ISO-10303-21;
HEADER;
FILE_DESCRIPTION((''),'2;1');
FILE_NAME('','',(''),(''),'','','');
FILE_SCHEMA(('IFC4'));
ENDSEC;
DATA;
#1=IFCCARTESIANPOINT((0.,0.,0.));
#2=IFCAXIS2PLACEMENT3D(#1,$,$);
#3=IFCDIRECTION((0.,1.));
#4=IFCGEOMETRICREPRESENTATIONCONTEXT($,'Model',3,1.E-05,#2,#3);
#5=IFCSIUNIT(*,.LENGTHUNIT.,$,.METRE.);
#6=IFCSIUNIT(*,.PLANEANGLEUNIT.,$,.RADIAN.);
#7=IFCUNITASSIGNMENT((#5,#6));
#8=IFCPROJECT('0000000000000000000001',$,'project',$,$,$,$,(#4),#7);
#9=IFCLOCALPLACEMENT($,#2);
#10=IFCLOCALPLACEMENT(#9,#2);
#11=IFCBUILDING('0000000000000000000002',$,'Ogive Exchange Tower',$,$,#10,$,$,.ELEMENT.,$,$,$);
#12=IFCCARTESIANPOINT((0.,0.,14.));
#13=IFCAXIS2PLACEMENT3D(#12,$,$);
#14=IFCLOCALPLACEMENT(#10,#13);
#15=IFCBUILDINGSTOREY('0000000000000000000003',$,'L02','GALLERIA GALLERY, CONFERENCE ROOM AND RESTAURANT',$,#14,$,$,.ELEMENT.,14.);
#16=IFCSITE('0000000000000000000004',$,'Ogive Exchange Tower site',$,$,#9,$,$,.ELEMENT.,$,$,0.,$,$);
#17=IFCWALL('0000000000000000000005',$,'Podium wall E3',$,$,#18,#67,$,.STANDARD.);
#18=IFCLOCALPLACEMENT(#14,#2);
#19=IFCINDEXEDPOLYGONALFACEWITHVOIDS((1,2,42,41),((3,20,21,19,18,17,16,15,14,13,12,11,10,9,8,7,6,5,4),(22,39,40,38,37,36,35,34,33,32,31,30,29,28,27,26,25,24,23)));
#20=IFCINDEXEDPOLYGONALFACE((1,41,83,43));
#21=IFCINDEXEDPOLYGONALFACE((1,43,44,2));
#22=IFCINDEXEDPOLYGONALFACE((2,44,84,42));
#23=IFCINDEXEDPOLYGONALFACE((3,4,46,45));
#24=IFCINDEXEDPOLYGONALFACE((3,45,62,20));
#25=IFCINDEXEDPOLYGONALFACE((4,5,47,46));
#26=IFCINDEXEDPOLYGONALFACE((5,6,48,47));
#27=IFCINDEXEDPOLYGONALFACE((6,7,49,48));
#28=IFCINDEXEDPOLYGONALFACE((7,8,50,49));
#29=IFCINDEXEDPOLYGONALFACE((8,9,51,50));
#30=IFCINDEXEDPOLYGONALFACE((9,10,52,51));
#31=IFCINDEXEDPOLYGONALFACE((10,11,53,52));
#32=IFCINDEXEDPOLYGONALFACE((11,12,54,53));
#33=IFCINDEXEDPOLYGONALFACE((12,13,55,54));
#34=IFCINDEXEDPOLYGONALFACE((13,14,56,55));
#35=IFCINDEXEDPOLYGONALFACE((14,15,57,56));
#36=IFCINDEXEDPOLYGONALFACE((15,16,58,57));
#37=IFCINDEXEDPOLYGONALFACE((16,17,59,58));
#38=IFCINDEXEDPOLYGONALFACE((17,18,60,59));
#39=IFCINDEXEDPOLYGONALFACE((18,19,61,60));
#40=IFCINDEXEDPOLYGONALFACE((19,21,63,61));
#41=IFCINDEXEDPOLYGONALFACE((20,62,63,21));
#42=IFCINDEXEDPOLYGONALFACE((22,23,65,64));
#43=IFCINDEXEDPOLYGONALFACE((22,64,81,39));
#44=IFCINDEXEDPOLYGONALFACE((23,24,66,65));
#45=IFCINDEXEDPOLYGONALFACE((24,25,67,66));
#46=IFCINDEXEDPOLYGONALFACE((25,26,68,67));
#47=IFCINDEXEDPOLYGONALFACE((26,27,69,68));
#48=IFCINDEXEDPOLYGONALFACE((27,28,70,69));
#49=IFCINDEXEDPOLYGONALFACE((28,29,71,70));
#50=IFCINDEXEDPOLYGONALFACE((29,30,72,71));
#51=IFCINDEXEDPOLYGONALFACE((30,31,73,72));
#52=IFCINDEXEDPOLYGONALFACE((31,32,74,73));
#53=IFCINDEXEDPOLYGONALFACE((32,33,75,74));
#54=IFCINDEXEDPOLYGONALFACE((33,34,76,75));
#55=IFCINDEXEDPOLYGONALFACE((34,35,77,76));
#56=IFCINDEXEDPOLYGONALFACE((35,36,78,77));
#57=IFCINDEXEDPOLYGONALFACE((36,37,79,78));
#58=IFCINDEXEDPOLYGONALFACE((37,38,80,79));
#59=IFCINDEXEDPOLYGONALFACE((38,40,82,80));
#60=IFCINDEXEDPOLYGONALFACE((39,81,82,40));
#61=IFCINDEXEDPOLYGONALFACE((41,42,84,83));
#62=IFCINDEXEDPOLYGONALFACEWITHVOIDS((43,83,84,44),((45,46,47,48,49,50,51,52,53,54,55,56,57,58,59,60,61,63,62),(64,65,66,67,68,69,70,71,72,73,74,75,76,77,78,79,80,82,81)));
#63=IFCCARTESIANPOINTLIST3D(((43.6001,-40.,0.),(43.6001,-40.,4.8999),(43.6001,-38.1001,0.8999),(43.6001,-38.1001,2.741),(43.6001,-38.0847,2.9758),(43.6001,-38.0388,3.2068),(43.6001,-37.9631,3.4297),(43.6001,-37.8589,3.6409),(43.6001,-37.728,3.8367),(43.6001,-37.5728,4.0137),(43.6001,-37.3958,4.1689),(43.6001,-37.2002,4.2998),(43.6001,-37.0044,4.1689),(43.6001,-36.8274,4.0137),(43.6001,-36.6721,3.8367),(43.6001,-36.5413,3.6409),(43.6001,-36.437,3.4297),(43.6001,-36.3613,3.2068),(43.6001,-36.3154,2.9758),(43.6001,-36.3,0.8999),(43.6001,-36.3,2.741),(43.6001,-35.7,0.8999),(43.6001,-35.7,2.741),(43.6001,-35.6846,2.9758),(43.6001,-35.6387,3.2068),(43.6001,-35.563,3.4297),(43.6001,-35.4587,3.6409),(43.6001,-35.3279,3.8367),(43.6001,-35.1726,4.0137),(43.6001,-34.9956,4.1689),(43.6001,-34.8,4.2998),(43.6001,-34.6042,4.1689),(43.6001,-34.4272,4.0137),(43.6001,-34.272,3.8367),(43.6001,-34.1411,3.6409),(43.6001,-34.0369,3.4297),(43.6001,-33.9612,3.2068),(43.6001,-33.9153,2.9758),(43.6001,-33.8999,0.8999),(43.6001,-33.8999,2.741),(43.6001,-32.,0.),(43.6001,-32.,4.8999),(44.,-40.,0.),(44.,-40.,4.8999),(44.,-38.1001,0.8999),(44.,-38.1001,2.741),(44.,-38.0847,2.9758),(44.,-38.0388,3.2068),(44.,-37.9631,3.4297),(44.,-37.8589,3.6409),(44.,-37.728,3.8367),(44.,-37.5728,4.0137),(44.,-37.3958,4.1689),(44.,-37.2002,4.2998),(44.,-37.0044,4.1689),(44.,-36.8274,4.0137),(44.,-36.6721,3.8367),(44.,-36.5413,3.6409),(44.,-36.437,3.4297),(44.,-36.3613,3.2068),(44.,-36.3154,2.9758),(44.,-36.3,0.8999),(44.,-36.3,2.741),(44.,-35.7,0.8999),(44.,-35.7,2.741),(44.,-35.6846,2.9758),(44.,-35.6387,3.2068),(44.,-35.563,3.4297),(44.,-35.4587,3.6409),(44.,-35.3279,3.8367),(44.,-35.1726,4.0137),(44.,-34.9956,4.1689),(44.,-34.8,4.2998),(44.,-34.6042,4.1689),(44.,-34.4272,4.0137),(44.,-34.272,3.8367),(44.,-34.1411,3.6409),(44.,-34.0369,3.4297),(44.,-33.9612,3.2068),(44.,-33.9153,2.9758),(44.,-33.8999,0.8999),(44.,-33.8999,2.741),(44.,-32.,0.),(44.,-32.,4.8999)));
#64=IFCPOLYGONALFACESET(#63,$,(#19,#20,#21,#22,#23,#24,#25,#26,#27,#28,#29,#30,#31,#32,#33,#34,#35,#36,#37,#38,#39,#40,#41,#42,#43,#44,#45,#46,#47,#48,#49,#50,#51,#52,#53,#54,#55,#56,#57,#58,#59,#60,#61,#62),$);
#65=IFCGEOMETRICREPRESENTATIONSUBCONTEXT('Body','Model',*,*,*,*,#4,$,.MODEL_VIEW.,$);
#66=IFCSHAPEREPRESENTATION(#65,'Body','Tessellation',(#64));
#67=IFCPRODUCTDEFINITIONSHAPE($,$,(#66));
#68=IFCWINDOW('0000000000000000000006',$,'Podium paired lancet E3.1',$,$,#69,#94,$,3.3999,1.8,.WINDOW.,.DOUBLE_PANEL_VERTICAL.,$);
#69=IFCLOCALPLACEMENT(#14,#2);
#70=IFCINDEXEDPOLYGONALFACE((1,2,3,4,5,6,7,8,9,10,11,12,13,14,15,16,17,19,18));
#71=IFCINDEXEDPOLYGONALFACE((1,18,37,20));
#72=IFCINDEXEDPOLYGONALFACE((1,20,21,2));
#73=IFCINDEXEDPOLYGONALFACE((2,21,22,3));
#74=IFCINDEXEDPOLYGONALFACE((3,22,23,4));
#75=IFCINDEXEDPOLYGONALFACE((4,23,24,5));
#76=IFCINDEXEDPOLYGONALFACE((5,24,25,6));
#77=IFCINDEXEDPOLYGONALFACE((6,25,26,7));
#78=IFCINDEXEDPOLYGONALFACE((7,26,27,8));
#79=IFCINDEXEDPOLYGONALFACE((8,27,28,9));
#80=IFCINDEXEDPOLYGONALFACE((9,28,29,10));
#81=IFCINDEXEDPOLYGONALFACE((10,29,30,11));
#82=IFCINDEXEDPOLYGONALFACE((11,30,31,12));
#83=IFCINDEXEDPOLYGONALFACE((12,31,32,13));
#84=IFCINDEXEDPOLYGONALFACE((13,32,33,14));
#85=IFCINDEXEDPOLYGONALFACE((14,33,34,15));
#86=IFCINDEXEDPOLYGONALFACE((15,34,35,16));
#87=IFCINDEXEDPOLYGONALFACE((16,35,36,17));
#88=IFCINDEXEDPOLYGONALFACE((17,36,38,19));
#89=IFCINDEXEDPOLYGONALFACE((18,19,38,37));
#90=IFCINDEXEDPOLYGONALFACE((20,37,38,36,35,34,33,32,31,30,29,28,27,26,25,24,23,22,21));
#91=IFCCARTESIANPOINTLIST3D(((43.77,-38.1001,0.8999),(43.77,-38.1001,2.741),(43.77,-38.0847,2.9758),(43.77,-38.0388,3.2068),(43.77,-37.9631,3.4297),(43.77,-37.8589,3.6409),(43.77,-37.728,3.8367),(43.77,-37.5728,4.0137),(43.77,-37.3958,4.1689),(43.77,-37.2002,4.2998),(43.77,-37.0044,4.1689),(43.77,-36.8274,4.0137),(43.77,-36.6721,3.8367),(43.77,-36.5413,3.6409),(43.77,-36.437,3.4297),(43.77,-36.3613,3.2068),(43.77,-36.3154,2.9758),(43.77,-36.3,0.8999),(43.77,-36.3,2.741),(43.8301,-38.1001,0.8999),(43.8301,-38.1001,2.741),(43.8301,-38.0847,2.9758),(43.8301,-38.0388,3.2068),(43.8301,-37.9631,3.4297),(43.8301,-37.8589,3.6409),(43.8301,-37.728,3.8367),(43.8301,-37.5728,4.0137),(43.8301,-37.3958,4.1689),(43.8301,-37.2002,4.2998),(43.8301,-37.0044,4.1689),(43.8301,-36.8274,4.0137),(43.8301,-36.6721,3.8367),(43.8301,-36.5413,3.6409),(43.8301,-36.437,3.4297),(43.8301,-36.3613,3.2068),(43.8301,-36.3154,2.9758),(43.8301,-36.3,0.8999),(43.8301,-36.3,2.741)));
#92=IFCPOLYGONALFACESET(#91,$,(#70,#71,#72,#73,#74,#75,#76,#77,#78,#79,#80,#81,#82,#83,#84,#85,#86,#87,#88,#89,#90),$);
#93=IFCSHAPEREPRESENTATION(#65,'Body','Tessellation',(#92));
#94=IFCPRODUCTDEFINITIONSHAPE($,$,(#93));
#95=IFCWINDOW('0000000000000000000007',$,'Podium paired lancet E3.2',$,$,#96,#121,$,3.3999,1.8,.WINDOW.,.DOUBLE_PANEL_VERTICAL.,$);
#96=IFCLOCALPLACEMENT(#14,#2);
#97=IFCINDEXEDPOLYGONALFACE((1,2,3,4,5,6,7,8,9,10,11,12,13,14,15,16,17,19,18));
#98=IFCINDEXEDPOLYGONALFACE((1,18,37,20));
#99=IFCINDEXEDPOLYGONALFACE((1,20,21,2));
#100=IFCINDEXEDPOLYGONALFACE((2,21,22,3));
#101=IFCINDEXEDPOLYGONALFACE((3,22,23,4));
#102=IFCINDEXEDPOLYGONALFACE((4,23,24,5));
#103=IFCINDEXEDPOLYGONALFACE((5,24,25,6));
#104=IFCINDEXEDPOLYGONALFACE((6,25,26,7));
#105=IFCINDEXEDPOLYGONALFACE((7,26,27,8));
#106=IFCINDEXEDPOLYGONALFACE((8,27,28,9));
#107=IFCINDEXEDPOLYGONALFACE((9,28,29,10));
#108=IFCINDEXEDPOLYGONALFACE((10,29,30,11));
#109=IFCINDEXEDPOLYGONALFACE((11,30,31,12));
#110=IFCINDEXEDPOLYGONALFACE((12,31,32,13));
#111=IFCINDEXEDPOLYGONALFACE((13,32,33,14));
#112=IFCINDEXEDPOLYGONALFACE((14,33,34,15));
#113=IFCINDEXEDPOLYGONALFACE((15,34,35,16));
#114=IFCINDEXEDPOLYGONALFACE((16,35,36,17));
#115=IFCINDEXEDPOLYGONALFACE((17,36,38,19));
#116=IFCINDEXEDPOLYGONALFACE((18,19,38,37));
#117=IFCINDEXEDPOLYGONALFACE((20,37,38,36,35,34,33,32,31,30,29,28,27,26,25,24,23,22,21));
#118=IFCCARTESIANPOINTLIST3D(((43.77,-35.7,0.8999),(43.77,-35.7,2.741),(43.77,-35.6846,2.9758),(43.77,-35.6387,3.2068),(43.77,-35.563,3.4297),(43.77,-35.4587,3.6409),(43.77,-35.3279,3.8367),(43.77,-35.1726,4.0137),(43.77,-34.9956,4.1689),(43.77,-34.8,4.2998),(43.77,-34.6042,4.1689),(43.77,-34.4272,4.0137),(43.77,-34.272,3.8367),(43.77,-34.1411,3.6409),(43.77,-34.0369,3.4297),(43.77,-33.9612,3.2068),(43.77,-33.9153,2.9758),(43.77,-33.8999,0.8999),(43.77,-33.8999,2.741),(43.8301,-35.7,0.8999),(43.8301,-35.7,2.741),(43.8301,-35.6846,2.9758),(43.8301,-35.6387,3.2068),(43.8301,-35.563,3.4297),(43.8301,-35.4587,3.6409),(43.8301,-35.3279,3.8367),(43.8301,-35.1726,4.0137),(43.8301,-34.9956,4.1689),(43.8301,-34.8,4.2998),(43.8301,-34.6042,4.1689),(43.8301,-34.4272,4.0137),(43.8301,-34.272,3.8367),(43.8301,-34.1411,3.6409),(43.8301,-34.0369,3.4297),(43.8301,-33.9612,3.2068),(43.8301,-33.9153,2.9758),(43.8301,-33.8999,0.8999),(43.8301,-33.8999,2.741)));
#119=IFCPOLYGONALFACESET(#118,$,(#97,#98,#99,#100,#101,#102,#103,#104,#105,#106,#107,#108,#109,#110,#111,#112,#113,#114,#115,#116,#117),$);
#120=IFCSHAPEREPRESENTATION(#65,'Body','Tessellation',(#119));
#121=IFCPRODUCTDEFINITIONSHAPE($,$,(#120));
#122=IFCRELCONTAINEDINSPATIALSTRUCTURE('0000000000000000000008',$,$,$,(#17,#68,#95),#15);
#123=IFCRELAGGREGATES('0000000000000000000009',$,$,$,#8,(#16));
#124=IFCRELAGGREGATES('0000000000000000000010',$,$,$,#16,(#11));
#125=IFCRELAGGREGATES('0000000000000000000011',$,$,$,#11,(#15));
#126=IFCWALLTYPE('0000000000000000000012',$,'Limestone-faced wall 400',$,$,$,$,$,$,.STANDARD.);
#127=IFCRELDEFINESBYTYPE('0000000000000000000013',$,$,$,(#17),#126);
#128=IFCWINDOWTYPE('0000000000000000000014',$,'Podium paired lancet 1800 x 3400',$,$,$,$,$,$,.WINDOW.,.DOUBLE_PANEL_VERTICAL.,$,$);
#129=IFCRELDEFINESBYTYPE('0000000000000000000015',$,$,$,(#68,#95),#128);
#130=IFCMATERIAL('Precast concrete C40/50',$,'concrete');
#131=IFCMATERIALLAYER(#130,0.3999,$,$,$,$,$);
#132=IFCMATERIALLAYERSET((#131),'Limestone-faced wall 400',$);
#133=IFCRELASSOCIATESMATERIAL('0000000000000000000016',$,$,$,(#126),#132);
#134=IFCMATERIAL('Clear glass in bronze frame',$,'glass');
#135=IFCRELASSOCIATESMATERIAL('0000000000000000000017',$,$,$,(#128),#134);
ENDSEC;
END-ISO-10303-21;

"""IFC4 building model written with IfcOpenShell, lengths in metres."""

from ifc_helpers import new_model, si_unit, direction, frame, frame_2d, origin, place, context, subcontext, project, spatial, polyline, rectangle, outline, extrude, material, layer, layer_set, type_object, element, fill, save


model = new_model("IFC4")

# Units and contexts
model_context = context("Model", 3, precision=1e-05, world=origin(), true_north=direction((0.0, 1.0)))
body_context = subcontext(model_context, "Body", "Model", "MODEL_VIEW")
ifc_project = project(units=[si_unit("LENGTHUNIT", "METRE"), si_unit("PLANEANGLEUNIT", "RADIAN")], contexts=[model_context])

# Site, building, storey
site_placement = place(None, origin())
site = spatial("IfcSite", under=ifc_project, at=site_placement, Name="Ogive Exchange Tower site", CompositionType="ELEMENT", RefElevation=0.0)
building_placement = place(site_placement, origin())
building = spatial("IfcBuilding", under=site, at=building_placement, Name="Ogive Exchange Tower", CompositionType="ELEMENT")
storey_placement = place(building_placement, frame((0.0, 0.0, 14.0)))
storey = spatial("IfcBuildingStorey", under=building, at=storey_placement, Name="L02", Description="GALLERIA GALLERY, CONFERENCE ROOM AND RESTAURANT", CompositionType="ELEMENT", Elevation=14.0)

# Wall, openings, windows
ifc_material_1 = material(Name="Precast concrete C40/50", Category="concrete")
ifc_layer_1 = layer(ifc_material_1, 0.3999)
ifc_layer_set_1 = layer_set([ifc_layer_1], Name="Limestone-faced wall 400")
wall_type_1 = type_object("IfcWallType", Name="Limestone-faced wall 400", PredefinedType="STANDARD", material=ifc_layer_set_1)
wall_1_placement = place(storey_placement, frame((43.8, -40.0, 0.0), z_axis=(0.0, 0.0, 1.0), x_axis=(0.0, 1.0, 0.0)))
wall_1 = element("IfcWall", 1, at=wall_1_placement, inside=storey, type_object=wall_type_1, Name="Podium wall E3", PredefinedType="STANDARD", context=body_context, shape_type="SweptSolid", body=[
    extrude(rectangle(XDim=8.0, YDim=0.3999, at=frame_2d((4.0, 0.0))), origin(), (0.0, 0.0, 1.0), 4.8999),
])
opening_1_placement = place(wall_1_placement, frame((1.8999, 0.0, 0.8999)))
opening_1 = element("IfcOpeningElement", 2, at=opening_1_placement, cuts=wall_1, PredefinedType="OPENING", context=body_context, shape_type="SweptSolid", body=[
    extrude(outline(polyline([(0.0, 0.0), (1.8, 0.0), (1.8, 1.8411), (1.7847, 2.0759), (1.7388, 2.3069), (1.6631, 2.5298), (1.5588, 2.741), (1.428, 2.9368), (1.2727, 3.1138), (1.0957, 3.269), (0.8999, 3.3999), (0.7043, 3.269), (0.5273, 3.1138), (0.3721, 2.9368), (0.2412, 2.741), (0.137, 2.5298), (0.0613, 2.3069), (0.0154, 2.0759), (0.0, 1.8411), (0.0, 0.0)])), frame((0.0, 0.21, 0.0), z_axis=(0.0, -1.0, 0.0), x_axis=(1.0, 0.0, 0.0)), (0.0, 0.0, 1.0), 0.4199),
])
opening_2_placement = place(wall_1_placement, frame((4.3, 0.0, 0.8999)))
opening_2 = element("IfcOpeningElement", 3, at=opening_2_placement, cuts=wall_1, PredefinedType="OPENING", context=body_context, shape_type="SweptSolid", body=[
    extrude(outline(polyline([(0.0, 0.0), (1.8, 0.0), (1.8, 1.8411), (1.7847, 2.0759), (1.7388, 2.3069), (1.6631, 2.5298), (1.5588, 2.741), (1.428, 2.9368), (1.2727, 3.1138), (1.0957, 3.269), (0.8999, 3.3999), (0.7043, 3.269), (0.5273, 3.1138), (0.3721, 2.9368), (0.2412, 2.741), (0.137, 2.5298), (0.0613, 2.3069), (0.0154, 2.0759), (0.0, 1.8411), (0.0, 0.0)])), frame((0.0, 0.21, 0.0), z_axis=(0.0, -1.0, 0.0), x_axis=(1.0, 0.0, 0.0)), (0.0, 0.0, 1.0), 0.4199),
])
ifc_material_2 = material(Name="Clear glass in bronze frame", Category="glass")
window_type_1 = type_object("IfcWindowType", Name="Podium paired lancet 1800 x 3400", PartitioningType="DOUBLE_PANEL_VERTICAL", PredefinedType="WINDOW", material=ifc_material_2)
window_1_placement = place(opening_1_placement, origin())
window_1 = element("IfcWindow", 4, at=window_1_placement, inside=storey, type_object=window_type_1, Name="Podium paired lancet E3.1", OverallHeight=3.3999, OverallWidth=1.8, PartitioningType="DOUBLE_PANEL_VERTICAL", PredefinedType="WINDOW", context=body_context, shape_type="SweptSolid", body=[
    extrude(outline(polyline([(0.0, 0.0), (1.8, 0.0), (1.8, 1.8411), (1.7847, 2.0759), (1.7388, 2.3069), (1.6631, 2.5298), (1.5588, 2.741), (1.428, 2.9368), (1.2727, 3.1138), (1.0957, 3.269), (0.8999, 3.3999), (0.7043, 3.269), (0.5273, 3.1138), (0.3721, 2.9368), (0.2412, 2.741), (0.137, 2.5298), (0.0613, 2.3069), (0.0154, 2.0759), (0.0, 1.8411), (0.0, 0.0)])), frame((0.0, 0.03, 0.0), z_axis=(0.0, -1.0, 0.0), x_axis=(1.0, 0.0, 0.0)), (0.0, 0.0, 1.0), 0.0601),
])
fill(opening_1, window_1)
window_2_placement = place(opening_2_placement, origin())
window_2 = element("IfcWindow", 5, at=window_2_placement, inside=storey, type_object=window_type_1, Name="Podium paired lancet E3.2", OverallHeight=3.3999, OverallWidth=1.8, PartitioningType="DOUBLE_PANEL_VERTICAL", PredefinedType="WINDOW", context=body_context, shape_type="SweptSolid", body=[
    extrude(outline(polyline([(0.0, 0.0), (1.8, 0.0), (1.8, 1.8411), (1.7847, 2.0759), (1.7388, 2.3069), (1.6631, 2.5298), (1.5588, 2.741), (1.428, 2.9368), (1.2727, 3.1138), (1.0957, 3.269), (0.8999, 3.3999), (0.7043, 3.269), (0.5273, 3.1138), (0.3721, 2.9368), (0.2412, 2.741), (0.137, 2.5298), (0.0613, 2.3069), (0.0154, 2.0759), (0.0, 1.8411), (0.0, 0.0)])), frame((0.0, 0.03, 0.0), z_axis=(0.0, -1.0, 0.0), x_axis=(1.0, 0.0, 0.0)), (0.0, 0.0, 1.0), 0.0601),
])
fill(opening_2, window_2)

save(model, "model.ifc")
